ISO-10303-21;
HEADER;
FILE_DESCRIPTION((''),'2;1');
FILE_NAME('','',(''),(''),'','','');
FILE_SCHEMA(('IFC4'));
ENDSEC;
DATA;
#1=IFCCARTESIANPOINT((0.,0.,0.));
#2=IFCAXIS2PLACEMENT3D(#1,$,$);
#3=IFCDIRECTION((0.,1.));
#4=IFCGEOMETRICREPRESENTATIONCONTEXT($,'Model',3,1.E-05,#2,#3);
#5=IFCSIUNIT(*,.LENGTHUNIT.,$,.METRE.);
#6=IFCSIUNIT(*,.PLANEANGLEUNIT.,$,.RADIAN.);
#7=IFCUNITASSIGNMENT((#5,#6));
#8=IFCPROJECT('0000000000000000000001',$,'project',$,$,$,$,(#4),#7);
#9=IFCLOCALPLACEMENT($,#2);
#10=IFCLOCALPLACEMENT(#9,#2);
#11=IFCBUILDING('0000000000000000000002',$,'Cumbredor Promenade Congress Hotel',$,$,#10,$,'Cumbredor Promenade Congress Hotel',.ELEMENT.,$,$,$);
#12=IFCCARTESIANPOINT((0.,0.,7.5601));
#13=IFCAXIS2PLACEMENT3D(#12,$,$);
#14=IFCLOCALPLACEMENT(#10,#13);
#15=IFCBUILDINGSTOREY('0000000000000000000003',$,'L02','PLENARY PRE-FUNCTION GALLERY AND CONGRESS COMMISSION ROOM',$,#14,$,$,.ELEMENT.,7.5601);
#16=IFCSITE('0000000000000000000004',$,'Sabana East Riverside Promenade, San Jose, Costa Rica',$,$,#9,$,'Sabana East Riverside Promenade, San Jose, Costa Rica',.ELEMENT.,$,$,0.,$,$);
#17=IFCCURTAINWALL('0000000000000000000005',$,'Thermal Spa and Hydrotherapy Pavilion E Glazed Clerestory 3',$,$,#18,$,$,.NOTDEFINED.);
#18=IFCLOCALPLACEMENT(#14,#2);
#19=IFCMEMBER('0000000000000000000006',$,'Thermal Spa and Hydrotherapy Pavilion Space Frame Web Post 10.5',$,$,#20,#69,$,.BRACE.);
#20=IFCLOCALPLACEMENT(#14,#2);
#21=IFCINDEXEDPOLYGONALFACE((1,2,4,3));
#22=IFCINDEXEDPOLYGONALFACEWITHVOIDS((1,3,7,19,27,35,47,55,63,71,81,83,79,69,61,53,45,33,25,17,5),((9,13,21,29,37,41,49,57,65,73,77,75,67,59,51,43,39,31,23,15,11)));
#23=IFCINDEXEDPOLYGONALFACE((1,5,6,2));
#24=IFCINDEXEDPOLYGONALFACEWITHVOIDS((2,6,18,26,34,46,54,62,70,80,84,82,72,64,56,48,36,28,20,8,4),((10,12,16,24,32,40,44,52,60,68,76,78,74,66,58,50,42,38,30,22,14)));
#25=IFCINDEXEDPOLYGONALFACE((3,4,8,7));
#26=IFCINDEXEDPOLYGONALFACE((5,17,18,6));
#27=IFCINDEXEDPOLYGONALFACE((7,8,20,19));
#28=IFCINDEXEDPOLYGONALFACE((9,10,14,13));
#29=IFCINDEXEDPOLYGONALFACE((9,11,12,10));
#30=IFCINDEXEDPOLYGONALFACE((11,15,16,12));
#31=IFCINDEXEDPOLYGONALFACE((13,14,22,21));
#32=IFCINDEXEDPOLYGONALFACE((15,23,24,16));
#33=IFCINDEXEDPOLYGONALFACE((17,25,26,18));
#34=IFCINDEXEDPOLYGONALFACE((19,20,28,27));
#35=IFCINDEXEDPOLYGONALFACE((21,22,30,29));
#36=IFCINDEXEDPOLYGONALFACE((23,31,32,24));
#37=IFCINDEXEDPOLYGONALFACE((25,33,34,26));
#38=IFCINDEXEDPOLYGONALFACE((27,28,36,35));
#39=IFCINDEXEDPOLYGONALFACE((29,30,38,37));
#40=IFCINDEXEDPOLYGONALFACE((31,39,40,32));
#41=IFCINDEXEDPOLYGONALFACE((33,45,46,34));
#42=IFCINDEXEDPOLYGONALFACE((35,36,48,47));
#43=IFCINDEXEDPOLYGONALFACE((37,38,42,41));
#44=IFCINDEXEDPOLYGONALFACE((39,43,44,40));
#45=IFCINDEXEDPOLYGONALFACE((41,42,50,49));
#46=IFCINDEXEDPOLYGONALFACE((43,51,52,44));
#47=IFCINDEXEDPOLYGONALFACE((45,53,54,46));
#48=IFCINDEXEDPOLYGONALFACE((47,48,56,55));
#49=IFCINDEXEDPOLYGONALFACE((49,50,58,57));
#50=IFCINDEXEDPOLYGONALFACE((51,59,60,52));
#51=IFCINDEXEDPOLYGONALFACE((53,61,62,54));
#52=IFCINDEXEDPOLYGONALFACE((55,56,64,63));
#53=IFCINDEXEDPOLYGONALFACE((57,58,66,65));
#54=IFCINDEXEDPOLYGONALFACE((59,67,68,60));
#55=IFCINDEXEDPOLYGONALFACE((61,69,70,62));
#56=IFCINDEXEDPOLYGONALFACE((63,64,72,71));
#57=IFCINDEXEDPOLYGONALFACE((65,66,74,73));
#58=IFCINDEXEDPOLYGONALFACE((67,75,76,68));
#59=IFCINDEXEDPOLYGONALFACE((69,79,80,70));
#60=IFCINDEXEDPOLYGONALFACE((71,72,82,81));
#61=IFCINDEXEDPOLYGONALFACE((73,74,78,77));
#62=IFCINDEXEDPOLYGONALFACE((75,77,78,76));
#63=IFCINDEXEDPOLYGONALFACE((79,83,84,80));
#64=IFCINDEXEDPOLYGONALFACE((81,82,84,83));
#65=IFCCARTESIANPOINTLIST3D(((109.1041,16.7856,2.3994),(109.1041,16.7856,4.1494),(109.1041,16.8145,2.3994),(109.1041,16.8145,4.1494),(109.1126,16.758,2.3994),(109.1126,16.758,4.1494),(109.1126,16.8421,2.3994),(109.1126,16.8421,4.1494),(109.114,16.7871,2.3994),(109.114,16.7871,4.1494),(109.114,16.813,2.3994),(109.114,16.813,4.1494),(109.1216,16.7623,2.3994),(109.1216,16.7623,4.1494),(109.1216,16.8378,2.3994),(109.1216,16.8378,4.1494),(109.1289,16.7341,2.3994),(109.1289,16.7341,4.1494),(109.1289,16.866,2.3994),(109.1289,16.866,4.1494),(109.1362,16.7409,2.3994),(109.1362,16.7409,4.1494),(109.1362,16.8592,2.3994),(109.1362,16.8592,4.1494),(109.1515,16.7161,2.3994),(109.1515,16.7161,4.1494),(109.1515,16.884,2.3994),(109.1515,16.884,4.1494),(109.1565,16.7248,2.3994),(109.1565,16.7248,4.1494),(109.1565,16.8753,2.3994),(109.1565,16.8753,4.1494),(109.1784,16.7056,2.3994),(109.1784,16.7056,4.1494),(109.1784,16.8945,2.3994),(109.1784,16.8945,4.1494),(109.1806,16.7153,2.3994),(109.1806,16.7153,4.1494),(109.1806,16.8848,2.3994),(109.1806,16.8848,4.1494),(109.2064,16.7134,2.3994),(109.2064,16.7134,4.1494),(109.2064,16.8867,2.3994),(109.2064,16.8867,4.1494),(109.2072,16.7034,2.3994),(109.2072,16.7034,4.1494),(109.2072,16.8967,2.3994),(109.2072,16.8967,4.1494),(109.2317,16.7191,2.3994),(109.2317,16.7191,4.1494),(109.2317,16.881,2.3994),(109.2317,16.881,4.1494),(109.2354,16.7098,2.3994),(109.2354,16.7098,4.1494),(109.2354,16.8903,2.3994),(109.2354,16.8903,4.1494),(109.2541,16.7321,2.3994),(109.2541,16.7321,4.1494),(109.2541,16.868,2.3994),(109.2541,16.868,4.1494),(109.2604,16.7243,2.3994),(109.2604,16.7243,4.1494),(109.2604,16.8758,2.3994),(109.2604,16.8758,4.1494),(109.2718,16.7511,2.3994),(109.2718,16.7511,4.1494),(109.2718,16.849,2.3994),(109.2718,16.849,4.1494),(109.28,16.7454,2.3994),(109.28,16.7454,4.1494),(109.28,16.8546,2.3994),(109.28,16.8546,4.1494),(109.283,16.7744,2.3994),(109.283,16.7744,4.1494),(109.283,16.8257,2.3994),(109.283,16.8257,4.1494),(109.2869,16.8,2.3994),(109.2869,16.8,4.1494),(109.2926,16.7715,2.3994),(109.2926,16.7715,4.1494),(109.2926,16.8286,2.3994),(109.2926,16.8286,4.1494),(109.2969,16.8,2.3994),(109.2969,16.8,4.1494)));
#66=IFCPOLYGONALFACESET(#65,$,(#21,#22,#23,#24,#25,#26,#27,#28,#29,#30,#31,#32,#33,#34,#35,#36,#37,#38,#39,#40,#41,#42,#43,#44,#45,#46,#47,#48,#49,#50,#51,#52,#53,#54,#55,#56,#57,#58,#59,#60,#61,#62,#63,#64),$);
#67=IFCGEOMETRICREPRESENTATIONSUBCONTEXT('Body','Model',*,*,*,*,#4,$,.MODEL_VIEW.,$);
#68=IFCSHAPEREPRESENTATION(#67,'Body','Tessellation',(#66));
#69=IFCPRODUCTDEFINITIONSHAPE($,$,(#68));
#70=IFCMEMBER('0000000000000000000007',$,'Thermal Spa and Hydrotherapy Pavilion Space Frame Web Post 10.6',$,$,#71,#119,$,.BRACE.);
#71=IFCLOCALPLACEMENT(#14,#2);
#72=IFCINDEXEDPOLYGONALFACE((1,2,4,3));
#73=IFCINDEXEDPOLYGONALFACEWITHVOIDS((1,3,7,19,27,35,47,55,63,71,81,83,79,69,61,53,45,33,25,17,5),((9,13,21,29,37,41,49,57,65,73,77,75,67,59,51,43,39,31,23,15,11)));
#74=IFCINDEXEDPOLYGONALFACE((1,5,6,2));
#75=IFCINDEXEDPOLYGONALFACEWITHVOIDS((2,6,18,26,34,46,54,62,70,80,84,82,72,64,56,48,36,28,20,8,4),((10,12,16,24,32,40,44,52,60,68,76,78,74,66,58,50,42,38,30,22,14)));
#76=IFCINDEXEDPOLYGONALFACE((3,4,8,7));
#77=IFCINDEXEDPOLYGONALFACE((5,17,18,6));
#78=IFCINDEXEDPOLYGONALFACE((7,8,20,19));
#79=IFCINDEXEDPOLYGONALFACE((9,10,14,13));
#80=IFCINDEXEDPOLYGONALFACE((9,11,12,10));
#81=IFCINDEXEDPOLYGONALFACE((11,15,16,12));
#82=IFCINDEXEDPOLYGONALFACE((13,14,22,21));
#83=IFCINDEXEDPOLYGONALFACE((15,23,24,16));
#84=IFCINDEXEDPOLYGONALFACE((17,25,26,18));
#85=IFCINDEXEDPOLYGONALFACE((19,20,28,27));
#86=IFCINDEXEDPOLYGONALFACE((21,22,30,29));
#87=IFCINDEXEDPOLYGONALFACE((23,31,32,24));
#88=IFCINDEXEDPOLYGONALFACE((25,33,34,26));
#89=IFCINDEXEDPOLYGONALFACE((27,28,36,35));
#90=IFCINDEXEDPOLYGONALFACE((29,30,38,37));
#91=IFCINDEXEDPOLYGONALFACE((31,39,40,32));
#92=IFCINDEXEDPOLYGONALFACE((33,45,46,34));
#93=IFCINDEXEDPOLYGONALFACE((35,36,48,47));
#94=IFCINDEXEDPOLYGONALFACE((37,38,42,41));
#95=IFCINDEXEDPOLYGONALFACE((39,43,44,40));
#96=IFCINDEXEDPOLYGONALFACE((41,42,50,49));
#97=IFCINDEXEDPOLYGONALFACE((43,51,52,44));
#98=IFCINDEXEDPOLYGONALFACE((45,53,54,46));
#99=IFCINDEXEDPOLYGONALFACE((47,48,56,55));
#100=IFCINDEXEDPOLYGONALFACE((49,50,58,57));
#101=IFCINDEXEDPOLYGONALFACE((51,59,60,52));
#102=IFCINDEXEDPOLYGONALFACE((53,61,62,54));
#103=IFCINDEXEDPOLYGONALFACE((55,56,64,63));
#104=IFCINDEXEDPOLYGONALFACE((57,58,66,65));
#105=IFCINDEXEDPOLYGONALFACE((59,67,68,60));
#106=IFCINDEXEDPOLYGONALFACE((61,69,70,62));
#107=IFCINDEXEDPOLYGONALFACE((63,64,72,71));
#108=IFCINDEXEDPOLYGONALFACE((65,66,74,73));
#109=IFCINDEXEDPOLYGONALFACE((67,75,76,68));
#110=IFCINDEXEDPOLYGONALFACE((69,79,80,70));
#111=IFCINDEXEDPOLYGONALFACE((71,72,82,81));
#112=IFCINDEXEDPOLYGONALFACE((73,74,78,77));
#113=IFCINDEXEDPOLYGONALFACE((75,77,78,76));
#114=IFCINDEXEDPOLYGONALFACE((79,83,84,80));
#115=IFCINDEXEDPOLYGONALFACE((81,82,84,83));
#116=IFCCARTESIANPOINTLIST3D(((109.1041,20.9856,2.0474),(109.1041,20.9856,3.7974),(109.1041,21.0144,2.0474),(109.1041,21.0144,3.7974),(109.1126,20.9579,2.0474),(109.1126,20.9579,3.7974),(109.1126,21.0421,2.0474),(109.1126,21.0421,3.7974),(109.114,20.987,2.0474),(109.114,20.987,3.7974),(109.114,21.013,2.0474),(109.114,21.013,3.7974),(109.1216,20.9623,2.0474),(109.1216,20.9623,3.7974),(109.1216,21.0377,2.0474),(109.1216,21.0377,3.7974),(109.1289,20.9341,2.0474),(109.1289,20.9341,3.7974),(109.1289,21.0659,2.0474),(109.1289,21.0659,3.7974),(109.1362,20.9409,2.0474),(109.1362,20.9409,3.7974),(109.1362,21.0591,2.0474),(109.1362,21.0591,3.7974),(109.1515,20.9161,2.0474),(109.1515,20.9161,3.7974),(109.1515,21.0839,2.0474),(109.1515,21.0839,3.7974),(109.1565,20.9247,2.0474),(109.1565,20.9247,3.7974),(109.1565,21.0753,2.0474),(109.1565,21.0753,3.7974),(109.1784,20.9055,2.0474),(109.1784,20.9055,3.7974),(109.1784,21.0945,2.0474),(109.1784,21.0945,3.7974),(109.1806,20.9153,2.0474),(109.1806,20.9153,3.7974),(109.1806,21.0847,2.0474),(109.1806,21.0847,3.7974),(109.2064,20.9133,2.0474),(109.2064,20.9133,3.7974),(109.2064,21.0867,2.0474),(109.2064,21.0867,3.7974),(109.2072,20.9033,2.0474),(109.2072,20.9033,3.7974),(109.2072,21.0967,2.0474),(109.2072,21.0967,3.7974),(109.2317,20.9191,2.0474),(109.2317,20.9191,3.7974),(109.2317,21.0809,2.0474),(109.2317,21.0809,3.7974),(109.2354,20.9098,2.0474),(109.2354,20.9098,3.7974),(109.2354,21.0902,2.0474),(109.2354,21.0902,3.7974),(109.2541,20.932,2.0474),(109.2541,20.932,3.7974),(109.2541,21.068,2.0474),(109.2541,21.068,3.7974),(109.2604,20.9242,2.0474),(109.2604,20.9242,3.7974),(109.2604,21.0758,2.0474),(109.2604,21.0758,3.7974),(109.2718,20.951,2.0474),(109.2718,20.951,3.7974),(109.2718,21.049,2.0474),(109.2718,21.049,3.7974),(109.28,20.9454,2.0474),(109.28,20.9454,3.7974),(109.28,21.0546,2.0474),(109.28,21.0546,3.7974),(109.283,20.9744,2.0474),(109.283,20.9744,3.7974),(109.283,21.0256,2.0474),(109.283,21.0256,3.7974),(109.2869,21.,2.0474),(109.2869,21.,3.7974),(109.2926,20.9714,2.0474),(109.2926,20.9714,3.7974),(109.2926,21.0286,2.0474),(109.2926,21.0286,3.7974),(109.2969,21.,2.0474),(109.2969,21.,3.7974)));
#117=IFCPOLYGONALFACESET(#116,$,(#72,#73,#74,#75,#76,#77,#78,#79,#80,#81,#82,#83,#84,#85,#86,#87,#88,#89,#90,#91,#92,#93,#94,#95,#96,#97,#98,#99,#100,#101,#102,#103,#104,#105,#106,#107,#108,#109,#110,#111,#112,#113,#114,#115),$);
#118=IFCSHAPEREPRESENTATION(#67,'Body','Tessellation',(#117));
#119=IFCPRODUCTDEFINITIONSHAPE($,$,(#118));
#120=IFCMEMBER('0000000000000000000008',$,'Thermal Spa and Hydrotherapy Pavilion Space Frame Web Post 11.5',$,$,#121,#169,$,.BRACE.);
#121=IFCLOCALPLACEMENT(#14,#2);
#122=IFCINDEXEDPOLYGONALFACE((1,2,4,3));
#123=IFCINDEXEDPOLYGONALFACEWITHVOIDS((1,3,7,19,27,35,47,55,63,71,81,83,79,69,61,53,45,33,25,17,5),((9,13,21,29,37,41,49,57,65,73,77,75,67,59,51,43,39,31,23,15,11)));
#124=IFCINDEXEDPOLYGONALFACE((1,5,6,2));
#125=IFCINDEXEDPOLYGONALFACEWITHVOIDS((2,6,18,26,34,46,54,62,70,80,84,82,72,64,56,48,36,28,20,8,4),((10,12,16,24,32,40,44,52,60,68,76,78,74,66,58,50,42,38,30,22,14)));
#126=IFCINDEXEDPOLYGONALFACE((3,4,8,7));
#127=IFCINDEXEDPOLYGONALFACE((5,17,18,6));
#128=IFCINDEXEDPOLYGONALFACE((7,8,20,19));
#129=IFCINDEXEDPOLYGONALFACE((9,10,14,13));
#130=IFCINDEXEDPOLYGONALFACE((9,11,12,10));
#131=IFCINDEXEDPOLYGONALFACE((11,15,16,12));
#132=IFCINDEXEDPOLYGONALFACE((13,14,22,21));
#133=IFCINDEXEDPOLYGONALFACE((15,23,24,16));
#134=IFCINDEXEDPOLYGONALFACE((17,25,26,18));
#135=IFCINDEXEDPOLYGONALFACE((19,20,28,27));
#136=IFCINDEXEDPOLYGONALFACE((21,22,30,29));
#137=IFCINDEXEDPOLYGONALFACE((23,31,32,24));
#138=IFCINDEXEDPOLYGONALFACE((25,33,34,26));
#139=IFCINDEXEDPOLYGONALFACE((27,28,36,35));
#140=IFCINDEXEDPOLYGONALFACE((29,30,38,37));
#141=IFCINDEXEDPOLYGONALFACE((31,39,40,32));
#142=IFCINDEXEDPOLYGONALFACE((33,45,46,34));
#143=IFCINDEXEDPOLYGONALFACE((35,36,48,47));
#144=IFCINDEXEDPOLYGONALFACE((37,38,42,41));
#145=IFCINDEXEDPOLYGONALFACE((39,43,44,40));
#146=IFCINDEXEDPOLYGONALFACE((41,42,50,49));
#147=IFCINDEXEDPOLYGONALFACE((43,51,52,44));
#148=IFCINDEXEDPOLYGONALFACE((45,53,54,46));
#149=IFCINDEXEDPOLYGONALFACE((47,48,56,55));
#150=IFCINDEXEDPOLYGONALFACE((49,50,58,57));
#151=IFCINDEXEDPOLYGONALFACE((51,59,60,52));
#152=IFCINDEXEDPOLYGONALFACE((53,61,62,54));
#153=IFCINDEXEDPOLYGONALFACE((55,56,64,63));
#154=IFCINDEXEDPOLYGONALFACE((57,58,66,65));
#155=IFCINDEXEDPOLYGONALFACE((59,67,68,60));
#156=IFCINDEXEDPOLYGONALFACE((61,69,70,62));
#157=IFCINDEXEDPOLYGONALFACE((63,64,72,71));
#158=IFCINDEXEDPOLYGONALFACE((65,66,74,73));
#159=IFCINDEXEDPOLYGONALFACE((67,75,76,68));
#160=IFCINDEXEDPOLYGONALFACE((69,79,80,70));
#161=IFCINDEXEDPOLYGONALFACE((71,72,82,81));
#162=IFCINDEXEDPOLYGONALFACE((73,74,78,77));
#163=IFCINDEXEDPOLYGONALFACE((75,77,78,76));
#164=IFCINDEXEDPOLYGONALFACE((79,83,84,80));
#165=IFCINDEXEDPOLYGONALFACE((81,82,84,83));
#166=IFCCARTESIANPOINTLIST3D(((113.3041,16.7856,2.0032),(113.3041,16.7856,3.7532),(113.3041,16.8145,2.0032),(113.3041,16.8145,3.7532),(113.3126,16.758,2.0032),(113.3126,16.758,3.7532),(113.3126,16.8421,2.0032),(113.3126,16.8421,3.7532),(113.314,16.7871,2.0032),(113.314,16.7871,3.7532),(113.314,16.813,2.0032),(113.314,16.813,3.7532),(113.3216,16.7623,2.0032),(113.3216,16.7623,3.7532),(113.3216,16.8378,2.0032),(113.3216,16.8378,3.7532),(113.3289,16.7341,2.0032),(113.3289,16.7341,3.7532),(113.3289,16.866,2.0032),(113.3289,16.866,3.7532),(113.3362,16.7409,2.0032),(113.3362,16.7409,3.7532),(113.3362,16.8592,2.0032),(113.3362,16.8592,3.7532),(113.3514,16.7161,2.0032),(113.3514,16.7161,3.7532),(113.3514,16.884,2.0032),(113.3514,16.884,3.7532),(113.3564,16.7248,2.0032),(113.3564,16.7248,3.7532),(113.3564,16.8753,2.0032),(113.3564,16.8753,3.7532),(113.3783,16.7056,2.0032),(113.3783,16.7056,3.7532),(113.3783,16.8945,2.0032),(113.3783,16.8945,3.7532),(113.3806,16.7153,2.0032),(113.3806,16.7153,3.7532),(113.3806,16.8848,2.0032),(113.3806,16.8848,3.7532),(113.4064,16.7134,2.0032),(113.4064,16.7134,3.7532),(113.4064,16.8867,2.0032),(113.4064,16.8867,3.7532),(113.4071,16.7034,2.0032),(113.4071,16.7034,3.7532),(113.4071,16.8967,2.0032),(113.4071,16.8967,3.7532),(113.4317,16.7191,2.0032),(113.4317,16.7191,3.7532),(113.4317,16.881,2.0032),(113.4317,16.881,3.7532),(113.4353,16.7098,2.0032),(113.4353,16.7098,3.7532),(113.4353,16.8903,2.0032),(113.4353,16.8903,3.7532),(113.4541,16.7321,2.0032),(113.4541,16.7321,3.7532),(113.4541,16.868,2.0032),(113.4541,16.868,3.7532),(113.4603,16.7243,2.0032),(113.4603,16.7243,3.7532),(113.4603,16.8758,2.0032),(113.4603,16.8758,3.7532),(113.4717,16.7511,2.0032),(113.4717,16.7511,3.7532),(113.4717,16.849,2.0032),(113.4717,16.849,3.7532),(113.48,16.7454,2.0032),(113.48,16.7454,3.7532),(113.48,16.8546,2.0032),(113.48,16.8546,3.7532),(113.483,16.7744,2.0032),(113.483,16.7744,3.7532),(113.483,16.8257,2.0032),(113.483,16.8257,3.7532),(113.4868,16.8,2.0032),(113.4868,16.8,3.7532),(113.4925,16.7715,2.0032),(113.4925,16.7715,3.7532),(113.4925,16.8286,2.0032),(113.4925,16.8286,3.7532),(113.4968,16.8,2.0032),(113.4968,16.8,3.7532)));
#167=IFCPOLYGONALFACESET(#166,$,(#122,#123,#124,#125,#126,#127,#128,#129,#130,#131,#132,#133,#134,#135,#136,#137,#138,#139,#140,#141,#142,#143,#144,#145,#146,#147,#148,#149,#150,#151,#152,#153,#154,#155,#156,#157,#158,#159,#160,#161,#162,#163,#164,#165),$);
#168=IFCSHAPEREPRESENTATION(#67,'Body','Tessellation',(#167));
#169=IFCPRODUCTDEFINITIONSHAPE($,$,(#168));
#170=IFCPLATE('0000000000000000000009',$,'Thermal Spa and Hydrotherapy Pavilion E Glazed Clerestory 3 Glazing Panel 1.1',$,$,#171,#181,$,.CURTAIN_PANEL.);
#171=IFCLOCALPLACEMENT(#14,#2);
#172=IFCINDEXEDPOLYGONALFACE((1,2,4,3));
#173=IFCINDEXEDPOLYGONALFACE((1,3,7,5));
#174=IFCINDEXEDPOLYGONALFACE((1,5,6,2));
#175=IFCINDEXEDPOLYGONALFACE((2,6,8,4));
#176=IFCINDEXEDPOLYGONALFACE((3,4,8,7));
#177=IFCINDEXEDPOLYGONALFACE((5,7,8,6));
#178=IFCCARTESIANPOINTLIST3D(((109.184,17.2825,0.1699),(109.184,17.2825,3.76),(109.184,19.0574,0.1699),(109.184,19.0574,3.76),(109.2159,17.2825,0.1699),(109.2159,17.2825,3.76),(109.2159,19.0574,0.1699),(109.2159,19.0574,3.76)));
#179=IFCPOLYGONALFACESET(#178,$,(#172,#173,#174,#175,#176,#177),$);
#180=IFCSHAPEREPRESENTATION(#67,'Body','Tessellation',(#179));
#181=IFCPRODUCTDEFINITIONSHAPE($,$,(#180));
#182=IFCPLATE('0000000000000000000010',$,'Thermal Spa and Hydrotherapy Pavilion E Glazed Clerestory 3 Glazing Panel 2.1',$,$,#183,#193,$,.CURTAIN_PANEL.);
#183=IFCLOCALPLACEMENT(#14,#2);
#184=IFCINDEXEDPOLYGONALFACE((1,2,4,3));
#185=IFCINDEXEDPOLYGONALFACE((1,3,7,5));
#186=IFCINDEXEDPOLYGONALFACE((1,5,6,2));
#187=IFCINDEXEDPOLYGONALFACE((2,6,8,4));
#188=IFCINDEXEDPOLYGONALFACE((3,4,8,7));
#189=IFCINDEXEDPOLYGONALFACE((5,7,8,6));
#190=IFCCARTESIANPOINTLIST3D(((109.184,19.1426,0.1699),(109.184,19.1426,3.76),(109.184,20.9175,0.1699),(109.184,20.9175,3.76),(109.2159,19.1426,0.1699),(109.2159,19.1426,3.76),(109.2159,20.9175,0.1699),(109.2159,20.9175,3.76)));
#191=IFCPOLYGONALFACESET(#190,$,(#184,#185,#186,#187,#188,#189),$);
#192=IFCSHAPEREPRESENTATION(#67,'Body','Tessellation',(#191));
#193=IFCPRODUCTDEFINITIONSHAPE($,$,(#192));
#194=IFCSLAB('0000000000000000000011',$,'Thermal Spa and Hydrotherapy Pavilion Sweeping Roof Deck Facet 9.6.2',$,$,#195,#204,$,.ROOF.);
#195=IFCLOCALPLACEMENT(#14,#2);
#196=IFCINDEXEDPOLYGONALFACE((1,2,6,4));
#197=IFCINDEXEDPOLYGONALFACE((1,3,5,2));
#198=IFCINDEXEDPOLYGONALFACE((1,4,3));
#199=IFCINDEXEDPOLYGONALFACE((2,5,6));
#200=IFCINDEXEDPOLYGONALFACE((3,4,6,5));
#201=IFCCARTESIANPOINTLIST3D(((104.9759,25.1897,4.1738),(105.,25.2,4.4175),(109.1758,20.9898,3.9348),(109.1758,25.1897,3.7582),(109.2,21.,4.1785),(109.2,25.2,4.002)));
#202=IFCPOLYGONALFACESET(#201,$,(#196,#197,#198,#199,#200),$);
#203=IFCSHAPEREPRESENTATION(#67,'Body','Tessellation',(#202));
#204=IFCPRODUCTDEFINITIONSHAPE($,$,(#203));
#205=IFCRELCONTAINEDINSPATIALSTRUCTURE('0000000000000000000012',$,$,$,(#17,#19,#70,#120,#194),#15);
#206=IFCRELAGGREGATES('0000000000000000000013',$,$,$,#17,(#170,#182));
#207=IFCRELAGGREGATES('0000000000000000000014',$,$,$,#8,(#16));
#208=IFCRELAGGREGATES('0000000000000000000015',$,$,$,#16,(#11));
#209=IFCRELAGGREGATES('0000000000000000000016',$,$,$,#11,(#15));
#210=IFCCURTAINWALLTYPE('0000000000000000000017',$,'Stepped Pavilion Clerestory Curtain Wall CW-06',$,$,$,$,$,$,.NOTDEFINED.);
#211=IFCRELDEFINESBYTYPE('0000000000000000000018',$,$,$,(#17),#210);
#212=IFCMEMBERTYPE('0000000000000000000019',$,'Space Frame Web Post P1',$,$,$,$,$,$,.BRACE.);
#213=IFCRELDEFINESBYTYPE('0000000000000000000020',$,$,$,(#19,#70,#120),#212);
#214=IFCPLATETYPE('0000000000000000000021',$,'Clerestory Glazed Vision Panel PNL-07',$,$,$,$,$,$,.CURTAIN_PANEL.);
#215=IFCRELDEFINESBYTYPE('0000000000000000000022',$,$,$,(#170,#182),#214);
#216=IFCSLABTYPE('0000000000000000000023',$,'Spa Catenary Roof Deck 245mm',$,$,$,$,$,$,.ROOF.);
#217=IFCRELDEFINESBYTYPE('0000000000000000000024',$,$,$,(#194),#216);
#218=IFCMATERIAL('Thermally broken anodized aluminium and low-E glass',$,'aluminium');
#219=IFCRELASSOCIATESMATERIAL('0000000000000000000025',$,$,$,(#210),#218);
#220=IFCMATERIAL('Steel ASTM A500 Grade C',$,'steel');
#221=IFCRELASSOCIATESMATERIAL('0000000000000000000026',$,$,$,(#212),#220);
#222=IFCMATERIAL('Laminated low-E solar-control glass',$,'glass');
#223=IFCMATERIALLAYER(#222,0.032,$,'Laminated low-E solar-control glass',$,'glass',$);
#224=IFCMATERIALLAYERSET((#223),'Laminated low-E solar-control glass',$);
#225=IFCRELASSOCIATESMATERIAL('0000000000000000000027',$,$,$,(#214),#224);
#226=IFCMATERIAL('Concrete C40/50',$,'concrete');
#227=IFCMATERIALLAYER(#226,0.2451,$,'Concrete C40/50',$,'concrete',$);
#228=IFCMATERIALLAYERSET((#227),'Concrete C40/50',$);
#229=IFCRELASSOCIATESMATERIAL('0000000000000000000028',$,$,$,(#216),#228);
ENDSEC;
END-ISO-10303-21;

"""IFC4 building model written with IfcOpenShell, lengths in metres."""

from ifc_helpers import new_model, si_unit, direction, frame, origin, origin_2d, place, context, subcontext, project, spatial, polyline, rectangle, hollow_circle, outline, extrude, material, layer, layer_set, material_profile, profile_set, type_object, element, aggregate, save


model = new_model("IFC4")

# Units and contexts
model_context = context("Model", 3, precision=1e-05, world=origin(), true_north=direction((0.0, 1.0)))
body_context = subcontext(model_context, "Body", "Model", "MODEL_VIEW")
ifc_project = project(units=[si_unit("LENGTHUNIT", "METRE"), si_unit("PLANEANGLEUNIT", "RADIAN")], contexts=[model_context])

# Site, building, storey
site_placement = place(None, origin())
site = spatial("IfcSite", under=ifc_project, at=site_placement, Name="Sabana East Riverside Promenade, San Jose, Costa Rica", LongName="Sabana East Riverside Promenade, San Jose, Costa Rica", CompositionType="ELEMENT", RefElevation=0.0)
building_placement = place(site_placement, origin())
building = spatial("IfcBuilding", under=site, at=building_placement, Name="Cumbredor Promenade Congress Hotel", LongName="Cumbredor Promenade Congress Hotel", CompositionType="ELEMENT")
storey_placement = place(building_placement, frame((0.0, 0.0, 7.5601)))
storey = spatial("IfcBuildingStorey", under=building, at=storey_placement, Name="L02", Description="PLENARY PRE-FUNCTION GALLERY AND CONGRESS COMMISSION ROOM", CompositionType="ELEMENT", Elevation=7.5601)

# Curtain wall
ifc_material_1 = material(Name="Thermally broken anodized aluminium and low-E glass", Category="aluminium")
curtain_wall_type = type_object("IfcCurtainWallType", Name="Stepped Pavilion Clerestory Curtain Wall CW-06", PredefinedType="NOTDEFINED", material=ifc_material_1)
curtain_wall_placement = place(storey_placement, origin())
curtain_wall = element("IfcCurtainWall", 1, at=curtain_wall_placement, inside=storey, type_object=curtain_wall_type, Name="Thermal Spa and Hydrotherapy Pavilion E Glazed Clerestory 3", PredefinedType="NOTDEFINED")

# Members
ifc_material_2 = material(Name="Steel ASTM A500 Grade C", Category="steel")
ifc_material_profile_1 = material_profile(ifc_material_2, hollow_circle(Radius=0.0969, WallThickness=0.01, at=origin_2d()), Name="CHS 193.7x10")
ifc_profile_set_1 = profile_set([ifc_material_profile_1], Name="Steel ASTM A500 Grade C")
member_type_1 = type_object("IfcMemberType", Name="Space Frame Web Post P1", PredefinedType="BRACE", material=ifc_profile_set_1)
for number, where, z_axis, x_axis, name in (
    (2, (109.2, 16.8, 2.3994), (0.0, 0.0, 1.0), (1.0, 0.0, 0.0), "Thermal Spa and Hydrotherapy Pavilion Space Frame Web Post 10.5"),
    (3, (109.2, 21.0, 2.0474), (0.0, 0.0, 1.0), (1.0, 0.0, 0.0), "Thermal Spa and Hydrotherapy Pavilion Space Frame Web Post 10.6"),
    (4, (113.3999, 16.8, 2.0032), (0.0, 0.0, 1.0), (1.0, 0.0, 0.0), "Thermal Spa and Hydrotherapy Pavilion Space Frame Web Post 11.5"),
):
    element("IfcMember", number, at=place(storey_placement, frame(where, z_axis=z_axis, x_axis=x_axis)), inside=storey, type_object=member_type_1, Name=name, PredefinedType="BRACE", context=body_context, shape_type="SweptSolid", body=[
        extrude(hollow_circle(Radius=0.0969, WallThickness=0.01, at=origin_2d()), origin(), (0.0, 0.0, 1.0), 1.75),
    ])

# Plates
ifc_material_3 = material(Name="Laminated low-E solar-control glass", Category="glass")
ifc_layer_1 = layer(ifc_material_3, 0.032, Name="Laminated low-E solar-control glass", Category="glass")
ifc_layer_set_1 = layer_set([ifc_layer_1], Name="Laminated low-E solar-control glass")
plate_type_1 = type_object("IfcPlateType", Name="Clerestory Glazed Vision Panel PNL-07", PredefinedType="CURTAIN_PANEL", material=ifc_layer_set_1)
plate_1_placement = place(storey_placement, frame((109.2, 18.1699, 0.1699), z_axis=(0.0, 0.0, 1.0), x_axis=(0.0, 1.0, 0.0)))
plate_1 = element("IfcPlate", 5, at=plate_1_placement, type_object=plate_type_1, Name="Thermal Spa and Hydrotherapy Pavilion E Glazed Clerestory 3 Glazing Panel 1.1", PredefinedType="CURTAIN_PANEL", context=body_context, shape_type="SweptSolid", body=[
    extrude(rectangle(XDim=1.7749, YDim=0.032, at=origin_2d()), origin(), (0.0, 0.0, 1.0), 3.5901),
])
plate_2_placement = place(storey_placement, frame((109.2, 20.03, 0.1699), z_axis=(0.0, 0.0, 1.0), x_axis=(0.0, 1.0, 0.0)))
plate_2 = element("IfcPlate", 6, at=plate_2_placement, type_object=plate_type_1, Name="Thermal Spa and Hydrotherapy Pavilion E Glazed Clerestory 3 Glazing Panel 2.1", PredefinedType="CURTAIN_PANEL", context=body_context, shape_type="SweptSolid", body=[
    extrude(rectangle(XDim=1.7749, YDim=0.032, at=origin_2d()), origin(), (0.0, 0.0, 1.0), 3.5901),
])
aggregate(curtain_wall, [plate_1, plate_2])

# Slab
ifc_material_4 = material(Name="Concrete C40/50", Category="concrete")
ifc_layer_2 = layer(ifc_material_4, 0.2451, Name="Concrete C40/50", Category="concrete")
ifc_layer_set_2 = layer_set([ifc_layer_2], Name="Concrete C40/50")
slab_type = type_object("IfcSlabType", Name="Spa Catenary Roof Deck 245mm", PredefinedType="ROOF", material=ifc_layer_set_2)
slab_1_placement = place(storey_placement, frame((109.2, 21.0, 4.1785), z_axis=(0.09837, 0.041787, 0.994272), x_axis=(0.0, 0.999118, -0.04199)))
element("IfcSlab", 7, at=slab_1_placement, inside=storey, type_object=slab_type, Name="Thermal Spa and Hydrotherapy Pavilion Sweeping Roof Deck Facet 9.6.2", PredefinedType="ROOF", context=body_context, shape_type="SweptSolid", body=[
    extrude(outline(polyline([(0.0, 0.0), (4.2037, 0.0), (4.1862, 4.2204), (0.0, 0.0)])), origin(), (0.0, 0.0, -1.0), 0.2451),
])

save(model, "model.ifc")
